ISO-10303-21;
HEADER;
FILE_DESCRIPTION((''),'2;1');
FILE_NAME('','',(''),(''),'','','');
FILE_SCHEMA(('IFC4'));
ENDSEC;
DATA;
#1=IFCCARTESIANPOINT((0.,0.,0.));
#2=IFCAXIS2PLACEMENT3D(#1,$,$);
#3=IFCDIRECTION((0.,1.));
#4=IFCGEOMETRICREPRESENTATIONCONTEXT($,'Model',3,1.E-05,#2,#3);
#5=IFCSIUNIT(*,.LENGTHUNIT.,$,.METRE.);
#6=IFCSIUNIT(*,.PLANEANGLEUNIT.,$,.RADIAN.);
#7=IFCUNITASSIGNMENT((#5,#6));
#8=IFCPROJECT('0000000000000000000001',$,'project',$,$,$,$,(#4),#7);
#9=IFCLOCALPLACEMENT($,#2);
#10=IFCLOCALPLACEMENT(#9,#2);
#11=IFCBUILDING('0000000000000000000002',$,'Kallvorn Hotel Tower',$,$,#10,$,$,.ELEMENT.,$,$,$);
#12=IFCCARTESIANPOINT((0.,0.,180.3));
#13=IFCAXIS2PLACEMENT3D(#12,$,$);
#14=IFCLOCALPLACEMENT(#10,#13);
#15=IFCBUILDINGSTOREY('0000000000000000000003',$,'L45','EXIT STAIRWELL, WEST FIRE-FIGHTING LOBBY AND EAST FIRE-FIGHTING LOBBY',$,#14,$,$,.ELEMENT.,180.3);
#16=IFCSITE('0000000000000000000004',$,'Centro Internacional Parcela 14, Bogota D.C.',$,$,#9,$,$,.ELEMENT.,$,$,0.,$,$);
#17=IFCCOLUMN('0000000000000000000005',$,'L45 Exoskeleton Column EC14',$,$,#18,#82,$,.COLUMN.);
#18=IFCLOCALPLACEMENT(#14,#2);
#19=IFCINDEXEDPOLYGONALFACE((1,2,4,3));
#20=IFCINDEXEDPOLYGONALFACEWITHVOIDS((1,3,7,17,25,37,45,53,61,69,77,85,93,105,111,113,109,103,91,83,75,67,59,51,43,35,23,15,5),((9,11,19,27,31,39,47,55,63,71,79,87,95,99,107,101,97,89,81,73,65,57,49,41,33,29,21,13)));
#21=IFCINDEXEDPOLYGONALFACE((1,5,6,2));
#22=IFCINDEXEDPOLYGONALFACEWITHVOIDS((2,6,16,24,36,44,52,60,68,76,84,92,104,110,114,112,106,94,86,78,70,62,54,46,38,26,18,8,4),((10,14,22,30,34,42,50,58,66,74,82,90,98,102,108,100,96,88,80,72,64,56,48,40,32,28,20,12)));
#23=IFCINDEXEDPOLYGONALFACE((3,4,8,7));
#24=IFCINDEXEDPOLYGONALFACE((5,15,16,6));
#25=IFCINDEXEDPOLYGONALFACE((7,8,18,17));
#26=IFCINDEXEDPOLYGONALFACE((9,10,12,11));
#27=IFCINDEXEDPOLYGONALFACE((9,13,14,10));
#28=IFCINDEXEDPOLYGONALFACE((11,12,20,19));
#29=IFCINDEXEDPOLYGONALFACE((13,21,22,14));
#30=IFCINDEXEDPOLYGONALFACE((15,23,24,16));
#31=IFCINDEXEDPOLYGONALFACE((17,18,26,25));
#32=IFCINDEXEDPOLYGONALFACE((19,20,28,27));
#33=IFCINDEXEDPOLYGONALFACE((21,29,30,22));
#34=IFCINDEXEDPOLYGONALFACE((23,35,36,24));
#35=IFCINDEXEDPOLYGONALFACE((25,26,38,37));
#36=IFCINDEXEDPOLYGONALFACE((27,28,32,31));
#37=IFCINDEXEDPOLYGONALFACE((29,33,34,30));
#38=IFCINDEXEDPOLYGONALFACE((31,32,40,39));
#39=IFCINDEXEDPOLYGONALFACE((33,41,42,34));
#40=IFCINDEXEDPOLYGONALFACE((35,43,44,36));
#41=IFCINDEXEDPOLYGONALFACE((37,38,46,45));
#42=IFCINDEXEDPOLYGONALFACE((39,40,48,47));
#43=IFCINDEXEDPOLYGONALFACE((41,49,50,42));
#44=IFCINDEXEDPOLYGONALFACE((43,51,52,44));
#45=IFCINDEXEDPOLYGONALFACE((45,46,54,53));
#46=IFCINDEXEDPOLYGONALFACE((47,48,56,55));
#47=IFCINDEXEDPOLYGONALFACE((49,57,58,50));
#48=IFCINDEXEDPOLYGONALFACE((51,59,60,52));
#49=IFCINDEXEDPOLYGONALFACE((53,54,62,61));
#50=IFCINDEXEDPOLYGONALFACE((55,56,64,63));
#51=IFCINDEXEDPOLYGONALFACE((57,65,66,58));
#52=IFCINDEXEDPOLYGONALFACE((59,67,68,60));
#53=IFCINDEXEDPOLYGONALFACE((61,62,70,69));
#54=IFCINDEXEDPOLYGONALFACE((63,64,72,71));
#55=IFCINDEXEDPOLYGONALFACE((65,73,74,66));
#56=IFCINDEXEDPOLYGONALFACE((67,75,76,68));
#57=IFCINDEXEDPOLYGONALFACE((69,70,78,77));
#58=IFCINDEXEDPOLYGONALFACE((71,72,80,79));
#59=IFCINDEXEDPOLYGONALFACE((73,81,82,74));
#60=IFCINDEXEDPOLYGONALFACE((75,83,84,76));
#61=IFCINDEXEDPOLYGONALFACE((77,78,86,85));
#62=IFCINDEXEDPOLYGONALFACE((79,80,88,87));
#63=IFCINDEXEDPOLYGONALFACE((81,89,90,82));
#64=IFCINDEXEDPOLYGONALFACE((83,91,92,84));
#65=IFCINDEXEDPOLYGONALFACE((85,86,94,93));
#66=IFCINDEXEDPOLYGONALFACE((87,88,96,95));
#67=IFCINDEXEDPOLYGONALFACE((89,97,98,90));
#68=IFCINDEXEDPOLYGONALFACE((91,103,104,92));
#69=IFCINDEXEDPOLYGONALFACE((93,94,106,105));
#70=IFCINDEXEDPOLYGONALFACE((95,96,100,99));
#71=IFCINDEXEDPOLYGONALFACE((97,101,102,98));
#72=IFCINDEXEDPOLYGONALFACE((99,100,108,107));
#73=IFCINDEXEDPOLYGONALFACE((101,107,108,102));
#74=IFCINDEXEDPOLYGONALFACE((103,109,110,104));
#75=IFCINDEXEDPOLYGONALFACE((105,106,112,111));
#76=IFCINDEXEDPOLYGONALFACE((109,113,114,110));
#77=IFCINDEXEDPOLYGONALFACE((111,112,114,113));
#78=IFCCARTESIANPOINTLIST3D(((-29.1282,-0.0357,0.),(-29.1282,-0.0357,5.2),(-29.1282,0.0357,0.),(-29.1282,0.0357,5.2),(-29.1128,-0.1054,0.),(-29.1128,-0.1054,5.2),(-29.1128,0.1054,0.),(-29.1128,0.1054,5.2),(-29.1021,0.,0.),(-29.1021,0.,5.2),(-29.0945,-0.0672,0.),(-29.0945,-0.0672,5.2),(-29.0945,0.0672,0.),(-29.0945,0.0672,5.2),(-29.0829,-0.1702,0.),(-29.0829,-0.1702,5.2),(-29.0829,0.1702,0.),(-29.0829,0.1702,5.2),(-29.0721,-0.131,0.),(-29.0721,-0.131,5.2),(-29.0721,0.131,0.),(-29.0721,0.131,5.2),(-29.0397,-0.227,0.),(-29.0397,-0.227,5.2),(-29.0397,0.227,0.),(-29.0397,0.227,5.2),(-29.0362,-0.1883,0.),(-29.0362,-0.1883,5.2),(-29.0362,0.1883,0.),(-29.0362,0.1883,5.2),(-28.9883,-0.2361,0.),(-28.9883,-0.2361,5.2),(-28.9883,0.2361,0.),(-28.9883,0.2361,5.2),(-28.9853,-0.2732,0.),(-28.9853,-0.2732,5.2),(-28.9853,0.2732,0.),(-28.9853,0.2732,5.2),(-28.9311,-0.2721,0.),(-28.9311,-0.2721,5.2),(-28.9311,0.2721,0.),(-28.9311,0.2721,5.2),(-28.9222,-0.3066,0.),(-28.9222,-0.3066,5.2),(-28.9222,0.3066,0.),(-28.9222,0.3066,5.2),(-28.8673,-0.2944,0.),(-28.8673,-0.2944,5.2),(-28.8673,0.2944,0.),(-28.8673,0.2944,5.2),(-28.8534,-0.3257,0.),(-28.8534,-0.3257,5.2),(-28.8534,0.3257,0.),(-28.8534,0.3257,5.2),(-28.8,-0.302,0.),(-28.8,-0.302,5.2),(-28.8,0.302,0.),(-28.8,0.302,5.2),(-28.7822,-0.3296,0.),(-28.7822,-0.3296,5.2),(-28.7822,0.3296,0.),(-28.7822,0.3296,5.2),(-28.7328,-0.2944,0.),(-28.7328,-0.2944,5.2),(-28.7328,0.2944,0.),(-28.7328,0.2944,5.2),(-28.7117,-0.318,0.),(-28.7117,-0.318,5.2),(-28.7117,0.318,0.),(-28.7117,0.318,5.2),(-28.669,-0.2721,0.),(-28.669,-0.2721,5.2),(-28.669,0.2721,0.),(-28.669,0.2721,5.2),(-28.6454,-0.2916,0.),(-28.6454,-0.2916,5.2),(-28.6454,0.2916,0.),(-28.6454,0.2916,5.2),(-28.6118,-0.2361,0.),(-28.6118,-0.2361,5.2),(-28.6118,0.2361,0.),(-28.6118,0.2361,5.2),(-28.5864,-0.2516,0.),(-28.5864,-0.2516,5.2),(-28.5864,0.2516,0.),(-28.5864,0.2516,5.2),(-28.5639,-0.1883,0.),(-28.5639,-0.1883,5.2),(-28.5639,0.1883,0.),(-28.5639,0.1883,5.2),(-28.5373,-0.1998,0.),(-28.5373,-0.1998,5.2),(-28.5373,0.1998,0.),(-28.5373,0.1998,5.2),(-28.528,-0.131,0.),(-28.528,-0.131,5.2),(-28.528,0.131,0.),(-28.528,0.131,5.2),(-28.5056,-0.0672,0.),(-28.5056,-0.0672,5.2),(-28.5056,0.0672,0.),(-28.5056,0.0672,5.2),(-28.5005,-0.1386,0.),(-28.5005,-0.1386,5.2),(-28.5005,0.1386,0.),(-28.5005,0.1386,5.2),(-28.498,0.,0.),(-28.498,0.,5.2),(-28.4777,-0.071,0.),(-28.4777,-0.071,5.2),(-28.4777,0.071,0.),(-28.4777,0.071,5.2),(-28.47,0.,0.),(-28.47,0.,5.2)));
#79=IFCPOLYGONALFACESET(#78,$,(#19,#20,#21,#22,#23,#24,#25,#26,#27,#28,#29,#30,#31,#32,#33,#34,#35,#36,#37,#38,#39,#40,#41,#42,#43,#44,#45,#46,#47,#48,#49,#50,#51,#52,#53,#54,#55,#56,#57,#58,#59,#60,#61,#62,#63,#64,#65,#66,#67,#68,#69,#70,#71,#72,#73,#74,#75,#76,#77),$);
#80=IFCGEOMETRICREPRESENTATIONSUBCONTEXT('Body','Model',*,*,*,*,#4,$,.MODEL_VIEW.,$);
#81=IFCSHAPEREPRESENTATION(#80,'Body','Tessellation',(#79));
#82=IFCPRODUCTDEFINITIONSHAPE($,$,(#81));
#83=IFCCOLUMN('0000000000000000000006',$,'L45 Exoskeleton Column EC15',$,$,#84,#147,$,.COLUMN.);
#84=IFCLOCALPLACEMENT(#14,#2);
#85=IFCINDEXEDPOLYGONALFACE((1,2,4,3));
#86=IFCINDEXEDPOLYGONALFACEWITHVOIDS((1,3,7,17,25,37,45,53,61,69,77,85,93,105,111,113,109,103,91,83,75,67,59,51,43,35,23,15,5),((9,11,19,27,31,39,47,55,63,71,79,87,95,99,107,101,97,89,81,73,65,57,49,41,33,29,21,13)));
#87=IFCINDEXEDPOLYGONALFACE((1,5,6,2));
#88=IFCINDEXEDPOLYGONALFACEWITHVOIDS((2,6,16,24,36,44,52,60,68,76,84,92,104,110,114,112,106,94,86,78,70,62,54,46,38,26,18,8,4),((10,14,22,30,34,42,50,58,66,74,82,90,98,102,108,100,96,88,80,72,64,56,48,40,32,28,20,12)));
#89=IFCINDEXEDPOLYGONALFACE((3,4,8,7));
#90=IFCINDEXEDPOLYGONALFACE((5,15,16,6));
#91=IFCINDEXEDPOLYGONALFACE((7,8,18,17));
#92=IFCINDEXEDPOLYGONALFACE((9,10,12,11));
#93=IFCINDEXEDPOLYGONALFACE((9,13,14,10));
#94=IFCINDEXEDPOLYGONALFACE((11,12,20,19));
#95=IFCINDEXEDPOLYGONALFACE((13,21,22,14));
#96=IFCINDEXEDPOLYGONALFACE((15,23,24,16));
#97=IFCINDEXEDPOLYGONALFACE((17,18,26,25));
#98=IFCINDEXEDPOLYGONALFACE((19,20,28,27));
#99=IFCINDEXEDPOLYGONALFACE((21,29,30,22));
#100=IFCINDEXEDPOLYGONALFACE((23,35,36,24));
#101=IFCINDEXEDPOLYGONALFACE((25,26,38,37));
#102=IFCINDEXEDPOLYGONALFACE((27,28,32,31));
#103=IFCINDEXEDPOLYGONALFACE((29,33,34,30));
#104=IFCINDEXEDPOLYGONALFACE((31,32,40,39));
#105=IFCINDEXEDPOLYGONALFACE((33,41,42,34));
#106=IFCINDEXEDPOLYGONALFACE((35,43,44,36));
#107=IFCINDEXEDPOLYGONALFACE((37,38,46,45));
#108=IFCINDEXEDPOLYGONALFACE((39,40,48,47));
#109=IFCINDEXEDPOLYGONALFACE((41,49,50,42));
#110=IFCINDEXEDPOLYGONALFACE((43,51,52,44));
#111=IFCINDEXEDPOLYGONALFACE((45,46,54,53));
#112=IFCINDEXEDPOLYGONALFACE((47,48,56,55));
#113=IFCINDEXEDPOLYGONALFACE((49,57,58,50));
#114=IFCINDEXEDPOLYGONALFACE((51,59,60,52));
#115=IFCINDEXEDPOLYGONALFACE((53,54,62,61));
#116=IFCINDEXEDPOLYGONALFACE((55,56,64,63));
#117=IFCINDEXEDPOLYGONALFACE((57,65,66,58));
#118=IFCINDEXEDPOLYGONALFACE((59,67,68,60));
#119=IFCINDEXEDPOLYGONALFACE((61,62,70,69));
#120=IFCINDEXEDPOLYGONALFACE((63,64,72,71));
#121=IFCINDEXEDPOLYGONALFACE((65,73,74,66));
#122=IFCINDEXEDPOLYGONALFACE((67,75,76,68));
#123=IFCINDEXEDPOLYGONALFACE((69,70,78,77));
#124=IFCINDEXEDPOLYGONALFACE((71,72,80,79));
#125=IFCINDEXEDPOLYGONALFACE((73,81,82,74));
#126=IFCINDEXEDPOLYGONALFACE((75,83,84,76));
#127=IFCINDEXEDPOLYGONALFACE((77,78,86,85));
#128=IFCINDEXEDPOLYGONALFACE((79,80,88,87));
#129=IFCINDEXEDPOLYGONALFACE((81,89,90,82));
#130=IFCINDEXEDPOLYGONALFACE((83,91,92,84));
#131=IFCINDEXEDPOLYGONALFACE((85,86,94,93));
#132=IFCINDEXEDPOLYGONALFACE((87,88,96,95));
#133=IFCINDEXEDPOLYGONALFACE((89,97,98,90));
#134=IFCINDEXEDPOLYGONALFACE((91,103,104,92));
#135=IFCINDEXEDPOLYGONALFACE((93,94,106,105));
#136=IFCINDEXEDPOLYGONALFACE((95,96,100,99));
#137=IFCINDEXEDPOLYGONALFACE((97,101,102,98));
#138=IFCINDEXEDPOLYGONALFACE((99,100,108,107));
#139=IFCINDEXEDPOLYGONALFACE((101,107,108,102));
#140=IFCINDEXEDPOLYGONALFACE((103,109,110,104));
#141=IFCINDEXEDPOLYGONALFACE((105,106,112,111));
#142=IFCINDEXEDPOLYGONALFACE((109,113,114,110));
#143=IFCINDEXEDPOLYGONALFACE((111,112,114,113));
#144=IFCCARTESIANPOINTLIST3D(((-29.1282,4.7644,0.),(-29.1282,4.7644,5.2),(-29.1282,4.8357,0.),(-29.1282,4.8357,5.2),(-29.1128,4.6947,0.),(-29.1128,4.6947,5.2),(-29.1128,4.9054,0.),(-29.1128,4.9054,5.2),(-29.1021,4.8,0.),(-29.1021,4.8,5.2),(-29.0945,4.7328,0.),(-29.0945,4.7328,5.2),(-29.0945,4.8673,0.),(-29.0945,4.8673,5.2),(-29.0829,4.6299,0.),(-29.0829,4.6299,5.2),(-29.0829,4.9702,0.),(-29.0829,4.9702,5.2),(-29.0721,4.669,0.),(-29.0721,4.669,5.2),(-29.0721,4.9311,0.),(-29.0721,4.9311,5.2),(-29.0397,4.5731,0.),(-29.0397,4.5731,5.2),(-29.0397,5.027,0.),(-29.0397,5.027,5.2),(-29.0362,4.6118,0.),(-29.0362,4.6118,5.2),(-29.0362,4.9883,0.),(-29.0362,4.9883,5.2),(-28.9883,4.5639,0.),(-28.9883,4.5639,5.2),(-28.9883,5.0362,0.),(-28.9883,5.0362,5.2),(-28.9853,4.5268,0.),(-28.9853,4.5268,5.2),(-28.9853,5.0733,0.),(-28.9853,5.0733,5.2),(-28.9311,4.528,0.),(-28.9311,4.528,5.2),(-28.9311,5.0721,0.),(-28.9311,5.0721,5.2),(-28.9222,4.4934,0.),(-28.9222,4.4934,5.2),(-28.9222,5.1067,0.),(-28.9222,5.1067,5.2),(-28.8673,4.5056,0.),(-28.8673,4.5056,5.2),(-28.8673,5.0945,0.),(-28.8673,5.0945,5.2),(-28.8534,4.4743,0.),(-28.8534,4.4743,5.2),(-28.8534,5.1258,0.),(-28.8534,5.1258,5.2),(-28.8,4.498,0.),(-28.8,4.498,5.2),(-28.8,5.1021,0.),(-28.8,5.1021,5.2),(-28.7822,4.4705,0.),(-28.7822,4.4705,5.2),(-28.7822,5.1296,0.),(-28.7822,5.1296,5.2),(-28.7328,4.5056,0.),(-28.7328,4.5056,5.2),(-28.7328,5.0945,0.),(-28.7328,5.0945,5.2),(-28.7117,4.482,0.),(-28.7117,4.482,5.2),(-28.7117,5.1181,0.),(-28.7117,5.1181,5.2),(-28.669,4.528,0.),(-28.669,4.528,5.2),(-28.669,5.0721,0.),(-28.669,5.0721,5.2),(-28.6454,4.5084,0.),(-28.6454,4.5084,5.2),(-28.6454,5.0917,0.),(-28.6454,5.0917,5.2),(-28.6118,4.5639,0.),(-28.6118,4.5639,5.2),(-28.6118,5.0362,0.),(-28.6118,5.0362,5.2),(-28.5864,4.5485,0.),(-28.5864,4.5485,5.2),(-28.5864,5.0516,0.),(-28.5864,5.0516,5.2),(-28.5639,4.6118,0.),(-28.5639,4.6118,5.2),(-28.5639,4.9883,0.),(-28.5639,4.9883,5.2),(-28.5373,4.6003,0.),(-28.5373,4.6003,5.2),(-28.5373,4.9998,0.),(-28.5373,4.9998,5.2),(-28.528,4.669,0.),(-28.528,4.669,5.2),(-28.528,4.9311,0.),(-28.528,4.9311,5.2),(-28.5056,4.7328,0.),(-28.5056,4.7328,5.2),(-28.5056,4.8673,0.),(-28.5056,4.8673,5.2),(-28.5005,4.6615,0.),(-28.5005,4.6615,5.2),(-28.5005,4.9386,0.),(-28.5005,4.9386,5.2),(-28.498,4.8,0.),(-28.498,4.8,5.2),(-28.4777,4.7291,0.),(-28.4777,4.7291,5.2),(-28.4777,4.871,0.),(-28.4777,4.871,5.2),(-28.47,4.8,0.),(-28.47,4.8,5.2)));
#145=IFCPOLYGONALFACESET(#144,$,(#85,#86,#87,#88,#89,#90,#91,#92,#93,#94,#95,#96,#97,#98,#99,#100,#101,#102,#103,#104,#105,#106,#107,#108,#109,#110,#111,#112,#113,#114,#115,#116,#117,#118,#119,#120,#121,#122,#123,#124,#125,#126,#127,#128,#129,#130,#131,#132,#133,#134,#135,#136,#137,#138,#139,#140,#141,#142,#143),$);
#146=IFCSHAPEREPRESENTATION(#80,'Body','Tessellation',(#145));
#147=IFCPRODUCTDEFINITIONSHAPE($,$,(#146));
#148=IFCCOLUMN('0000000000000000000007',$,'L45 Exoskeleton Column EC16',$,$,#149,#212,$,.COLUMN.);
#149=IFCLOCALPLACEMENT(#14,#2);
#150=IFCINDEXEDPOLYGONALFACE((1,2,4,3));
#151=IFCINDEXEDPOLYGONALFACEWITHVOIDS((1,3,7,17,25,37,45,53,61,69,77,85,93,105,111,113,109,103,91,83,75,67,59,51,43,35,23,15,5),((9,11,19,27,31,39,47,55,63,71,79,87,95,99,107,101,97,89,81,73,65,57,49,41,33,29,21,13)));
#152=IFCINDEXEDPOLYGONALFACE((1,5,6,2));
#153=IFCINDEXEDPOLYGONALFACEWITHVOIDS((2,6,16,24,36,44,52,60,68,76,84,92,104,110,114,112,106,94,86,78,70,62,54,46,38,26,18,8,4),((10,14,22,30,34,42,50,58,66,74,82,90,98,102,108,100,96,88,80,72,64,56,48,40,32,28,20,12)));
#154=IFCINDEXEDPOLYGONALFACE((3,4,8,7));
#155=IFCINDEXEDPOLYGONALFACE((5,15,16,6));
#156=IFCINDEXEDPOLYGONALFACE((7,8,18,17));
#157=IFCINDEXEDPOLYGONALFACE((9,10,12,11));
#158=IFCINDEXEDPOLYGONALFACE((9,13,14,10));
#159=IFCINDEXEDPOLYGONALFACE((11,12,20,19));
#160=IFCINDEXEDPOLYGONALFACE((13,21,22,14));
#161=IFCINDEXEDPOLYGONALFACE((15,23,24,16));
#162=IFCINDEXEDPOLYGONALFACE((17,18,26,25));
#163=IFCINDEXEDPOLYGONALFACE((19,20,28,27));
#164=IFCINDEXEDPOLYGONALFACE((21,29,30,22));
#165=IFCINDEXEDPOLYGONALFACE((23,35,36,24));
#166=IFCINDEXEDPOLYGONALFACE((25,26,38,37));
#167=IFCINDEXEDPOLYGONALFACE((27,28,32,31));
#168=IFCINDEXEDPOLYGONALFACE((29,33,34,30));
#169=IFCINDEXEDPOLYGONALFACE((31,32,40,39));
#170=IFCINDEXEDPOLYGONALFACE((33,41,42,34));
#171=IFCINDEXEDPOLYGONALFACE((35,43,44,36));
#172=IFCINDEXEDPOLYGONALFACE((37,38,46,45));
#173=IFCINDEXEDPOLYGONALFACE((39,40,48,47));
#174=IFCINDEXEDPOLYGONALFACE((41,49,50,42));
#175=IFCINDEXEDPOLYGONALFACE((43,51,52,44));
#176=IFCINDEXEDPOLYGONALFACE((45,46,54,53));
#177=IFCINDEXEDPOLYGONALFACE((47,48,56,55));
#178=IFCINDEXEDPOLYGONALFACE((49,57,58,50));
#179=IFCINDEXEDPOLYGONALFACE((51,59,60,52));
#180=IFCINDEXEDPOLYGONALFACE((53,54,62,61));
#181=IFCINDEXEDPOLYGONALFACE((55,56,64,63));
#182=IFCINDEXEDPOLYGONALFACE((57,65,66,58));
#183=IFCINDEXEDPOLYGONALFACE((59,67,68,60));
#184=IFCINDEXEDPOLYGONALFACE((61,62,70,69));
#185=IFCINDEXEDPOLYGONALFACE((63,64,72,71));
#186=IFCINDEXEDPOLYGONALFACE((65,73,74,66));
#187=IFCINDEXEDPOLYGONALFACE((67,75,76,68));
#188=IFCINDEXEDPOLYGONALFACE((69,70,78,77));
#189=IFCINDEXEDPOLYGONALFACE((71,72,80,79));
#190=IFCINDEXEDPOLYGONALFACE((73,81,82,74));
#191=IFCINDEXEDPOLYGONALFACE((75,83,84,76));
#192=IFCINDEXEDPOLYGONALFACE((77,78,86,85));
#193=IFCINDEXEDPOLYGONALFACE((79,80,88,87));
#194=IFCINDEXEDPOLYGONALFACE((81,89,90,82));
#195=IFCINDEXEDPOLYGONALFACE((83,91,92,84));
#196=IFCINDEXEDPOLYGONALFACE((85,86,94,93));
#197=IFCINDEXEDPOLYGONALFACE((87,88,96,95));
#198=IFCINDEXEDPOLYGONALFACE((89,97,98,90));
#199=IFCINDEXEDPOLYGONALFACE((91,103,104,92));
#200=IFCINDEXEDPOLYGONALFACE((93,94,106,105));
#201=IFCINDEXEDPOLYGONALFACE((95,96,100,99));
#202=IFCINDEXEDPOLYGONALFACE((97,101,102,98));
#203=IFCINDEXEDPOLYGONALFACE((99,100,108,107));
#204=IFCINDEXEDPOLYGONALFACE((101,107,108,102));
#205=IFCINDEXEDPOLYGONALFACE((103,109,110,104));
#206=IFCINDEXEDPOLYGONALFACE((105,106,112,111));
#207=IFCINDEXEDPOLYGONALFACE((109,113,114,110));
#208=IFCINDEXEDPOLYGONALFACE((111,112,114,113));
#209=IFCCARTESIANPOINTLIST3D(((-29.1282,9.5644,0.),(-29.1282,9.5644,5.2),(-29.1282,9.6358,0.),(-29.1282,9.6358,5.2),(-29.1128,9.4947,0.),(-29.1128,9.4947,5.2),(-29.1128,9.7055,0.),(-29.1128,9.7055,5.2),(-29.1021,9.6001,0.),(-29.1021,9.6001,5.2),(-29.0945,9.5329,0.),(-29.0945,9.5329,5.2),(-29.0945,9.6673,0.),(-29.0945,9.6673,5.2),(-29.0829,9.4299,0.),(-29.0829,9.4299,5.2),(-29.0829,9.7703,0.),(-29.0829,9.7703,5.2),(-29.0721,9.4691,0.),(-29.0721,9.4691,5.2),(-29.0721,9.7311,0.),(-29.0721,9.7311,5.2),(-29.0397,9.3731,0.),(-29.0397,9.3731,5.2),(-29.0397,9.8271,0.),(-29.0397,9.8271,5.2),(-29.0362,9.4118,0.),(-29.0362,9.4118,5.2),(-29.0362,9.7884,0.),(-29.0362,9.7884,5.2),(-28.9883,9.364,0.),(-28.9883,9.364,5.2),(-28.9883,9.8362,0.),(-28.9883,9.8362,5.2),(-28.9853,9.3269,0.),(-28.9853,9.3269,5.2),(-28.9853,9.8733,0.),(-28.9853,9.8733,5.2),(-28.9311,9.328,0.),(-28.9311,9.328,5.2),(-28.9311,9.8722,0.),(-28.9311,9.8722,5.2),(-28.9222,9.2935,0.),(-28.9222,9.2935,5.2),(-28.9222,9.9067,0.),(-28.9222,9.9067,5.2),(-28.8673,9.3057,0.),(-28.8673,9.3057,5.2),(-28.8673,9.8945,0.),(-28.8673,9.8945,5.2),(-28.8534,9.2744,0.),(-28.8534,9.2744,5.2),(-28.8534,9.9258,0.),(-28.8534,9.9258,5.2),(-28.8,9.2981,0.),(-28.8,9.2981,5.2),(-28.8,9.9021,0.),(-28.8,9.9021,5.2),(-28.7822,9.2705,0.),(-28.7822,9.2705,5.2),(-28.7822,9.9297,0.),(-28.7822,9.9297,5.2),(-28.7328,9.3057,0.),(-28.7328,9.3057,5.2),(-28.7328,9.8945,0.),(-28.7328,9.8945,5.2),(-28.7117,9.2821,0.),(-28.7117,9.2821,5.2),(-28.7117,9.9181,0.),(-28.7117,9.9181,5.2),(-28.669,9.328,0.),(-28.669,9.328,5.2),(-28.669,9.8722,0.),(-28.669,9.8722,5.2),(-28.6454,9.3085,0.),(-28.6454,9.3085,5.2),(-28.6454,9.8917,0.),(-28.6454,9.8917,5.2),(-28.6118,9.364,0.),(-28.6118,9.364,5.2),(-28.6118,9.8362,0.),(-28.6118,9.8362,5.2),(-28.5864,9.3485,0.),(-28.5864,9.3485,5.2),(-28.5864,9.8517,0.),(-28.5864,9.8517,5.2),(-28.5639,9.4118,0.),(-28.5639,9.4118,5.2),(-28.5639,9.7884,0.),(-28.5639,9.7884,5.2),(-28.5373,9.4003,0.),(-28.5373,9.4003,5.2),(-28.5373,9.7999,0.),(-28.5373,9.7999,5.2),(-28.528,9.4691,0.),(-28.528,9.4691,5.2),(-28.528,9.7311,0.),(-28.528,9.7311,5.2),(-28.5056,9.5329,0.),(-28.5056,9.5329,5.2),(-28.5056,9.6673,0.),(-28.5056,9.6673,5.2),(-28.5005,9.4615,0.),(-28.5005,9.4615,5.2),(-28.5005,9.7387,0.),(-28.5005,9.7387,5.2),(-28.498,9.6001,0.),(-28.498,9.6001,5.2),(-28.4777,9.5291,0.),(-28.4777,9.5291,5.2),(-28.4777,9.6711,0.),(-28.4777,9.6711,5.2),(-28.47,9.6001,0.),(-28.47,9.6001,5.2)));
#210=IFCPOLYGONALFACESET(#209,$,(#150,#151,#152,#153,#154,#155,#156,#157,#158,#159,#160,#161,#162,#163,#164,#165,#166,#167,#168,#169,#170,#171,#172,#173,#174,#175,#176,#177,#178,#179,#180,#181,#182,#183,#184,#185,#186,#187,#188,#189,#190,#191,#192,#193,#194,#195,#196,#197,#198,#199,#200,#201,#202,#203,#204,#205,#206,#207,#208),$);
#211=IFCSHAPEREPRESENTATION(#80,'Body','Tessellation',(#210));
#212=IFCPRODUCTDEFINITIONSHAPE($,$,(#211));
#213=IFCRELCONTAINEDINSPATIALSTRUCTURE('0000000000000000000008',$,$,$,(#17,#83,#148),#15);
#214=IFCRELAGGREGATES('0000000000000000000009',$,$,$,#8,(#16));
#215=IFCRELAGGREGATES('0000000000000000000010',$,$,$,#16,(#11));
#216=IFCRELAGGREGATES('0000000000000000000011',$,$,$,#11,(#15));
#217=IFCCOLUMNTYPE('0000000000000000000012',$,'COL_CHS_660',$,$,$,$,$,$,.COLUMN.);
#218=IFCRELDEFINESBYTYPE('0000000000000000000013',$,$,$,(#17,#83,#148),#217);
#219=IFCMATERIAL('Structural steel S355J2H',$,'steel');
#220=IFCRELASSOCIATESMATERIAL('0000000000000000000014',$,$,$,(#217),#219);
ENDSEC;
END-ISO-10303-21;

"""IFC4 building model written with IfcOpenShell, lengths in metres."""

from ifc_helpers import new_model, si_unit, direction, frame, origin, origin_2d, place, context, subcontext, project, spatial, hollow_circle, extrude, material, material_profile, profile_set, type_object, element, save


model = new_model("IFC4")

# Units and contexts
model_context = context("Model", 3, precision=1e-05, world=origin(), true_north=direction((0.0, 1.0)))
body_context = subcontext(model_context, "Body", "Model", "MODEL_VIEW")
ifc_project = project(units=[si_unit("LENGTHUNIT", "METRE"), si_unit("PLANEANGLEUNIT", "RADIAN")], contexts=[model_context])

# Site, building, storey
site_placement = place(None, origin())
site = spatial("IfcSite", under=ifc_project, at=site_placement, Name="Centro Internacional Parcela 14, Bogota D.C.", CompositionType="ELEMENT", RefElevation=0.0)
building_placement = place(site_placement, origin())
building = spatial("IfcBuilding", under=site, at=building_placement, Name="Kallvorn Hotel Tower", CompositionType="ELEMENT")
storey_placement = place(building_placement, frame((0.0, 0.0, 180.3)))
storey = spatial("IfcBuildingStorey", under=building, at=storey_placement, Name="L45", Description="EXIT STAIRWELL, WEST FIRE-FIGHTING LOBBY AND EAST FIRE-FIGHTING LOBBY", CompositionType="ELEMENT", Elevation=180.3)

# Columns
ifc_material_1 = material(Name="Structural steel S355J2H", Category="steel")
ifc_material_profile_1 = material_profile(ifc_material_1, hollow_circle(Radius=0.3301, WallThickness=0.0281, at=origin_2d()), Name="CHS 660x28")
ifc_profile_set_1 = profile_set([ifc_material_profile_1], Name="Structural steel S355J2H")
column_type_1 = type_object("IfcColumnType", Name="COL_CHS_660", PredefinedType="COLUMN", material=ifc_profile_set_1)
for number, where, z_axis, x_axis, name in (
    (1, (-28.8, 0.0, 0.0), (0.0, 0.0, 1.0), (1.0, 0.0, 0.0), "L45 Exoskeleton Column EC14"),
    (2, (-28.8, 4.8, 0.0), (0.0, 0.0, 1.0), (1.0, 0.0, 0.0), "L45 Exoskeleton Column EC15"),
    (3, (-28.8, 9.6001, 0.0), (0.0, 0.0, 1.0), (1.0, 0.0, 0.0), "L45 Exoskeleton Column EC16"),
):
    element("IfcColumn", number, at=place(storey_placement, frame(where, z_axis=z_axis, x_axis=x_axis)), inside=storey, type_object=column_type_1, Name=name, PredefinedType="COLUMN", context=body_context, shape_type="SweptSolid", body=[
        extrude(hollow_circle(Radius=0.3301, WallThickness=0.0281, at=origin_2d()), origin(), (0.0, 0.0, 1.0), 5.2),
    ])

save(model, "model.ifc")
